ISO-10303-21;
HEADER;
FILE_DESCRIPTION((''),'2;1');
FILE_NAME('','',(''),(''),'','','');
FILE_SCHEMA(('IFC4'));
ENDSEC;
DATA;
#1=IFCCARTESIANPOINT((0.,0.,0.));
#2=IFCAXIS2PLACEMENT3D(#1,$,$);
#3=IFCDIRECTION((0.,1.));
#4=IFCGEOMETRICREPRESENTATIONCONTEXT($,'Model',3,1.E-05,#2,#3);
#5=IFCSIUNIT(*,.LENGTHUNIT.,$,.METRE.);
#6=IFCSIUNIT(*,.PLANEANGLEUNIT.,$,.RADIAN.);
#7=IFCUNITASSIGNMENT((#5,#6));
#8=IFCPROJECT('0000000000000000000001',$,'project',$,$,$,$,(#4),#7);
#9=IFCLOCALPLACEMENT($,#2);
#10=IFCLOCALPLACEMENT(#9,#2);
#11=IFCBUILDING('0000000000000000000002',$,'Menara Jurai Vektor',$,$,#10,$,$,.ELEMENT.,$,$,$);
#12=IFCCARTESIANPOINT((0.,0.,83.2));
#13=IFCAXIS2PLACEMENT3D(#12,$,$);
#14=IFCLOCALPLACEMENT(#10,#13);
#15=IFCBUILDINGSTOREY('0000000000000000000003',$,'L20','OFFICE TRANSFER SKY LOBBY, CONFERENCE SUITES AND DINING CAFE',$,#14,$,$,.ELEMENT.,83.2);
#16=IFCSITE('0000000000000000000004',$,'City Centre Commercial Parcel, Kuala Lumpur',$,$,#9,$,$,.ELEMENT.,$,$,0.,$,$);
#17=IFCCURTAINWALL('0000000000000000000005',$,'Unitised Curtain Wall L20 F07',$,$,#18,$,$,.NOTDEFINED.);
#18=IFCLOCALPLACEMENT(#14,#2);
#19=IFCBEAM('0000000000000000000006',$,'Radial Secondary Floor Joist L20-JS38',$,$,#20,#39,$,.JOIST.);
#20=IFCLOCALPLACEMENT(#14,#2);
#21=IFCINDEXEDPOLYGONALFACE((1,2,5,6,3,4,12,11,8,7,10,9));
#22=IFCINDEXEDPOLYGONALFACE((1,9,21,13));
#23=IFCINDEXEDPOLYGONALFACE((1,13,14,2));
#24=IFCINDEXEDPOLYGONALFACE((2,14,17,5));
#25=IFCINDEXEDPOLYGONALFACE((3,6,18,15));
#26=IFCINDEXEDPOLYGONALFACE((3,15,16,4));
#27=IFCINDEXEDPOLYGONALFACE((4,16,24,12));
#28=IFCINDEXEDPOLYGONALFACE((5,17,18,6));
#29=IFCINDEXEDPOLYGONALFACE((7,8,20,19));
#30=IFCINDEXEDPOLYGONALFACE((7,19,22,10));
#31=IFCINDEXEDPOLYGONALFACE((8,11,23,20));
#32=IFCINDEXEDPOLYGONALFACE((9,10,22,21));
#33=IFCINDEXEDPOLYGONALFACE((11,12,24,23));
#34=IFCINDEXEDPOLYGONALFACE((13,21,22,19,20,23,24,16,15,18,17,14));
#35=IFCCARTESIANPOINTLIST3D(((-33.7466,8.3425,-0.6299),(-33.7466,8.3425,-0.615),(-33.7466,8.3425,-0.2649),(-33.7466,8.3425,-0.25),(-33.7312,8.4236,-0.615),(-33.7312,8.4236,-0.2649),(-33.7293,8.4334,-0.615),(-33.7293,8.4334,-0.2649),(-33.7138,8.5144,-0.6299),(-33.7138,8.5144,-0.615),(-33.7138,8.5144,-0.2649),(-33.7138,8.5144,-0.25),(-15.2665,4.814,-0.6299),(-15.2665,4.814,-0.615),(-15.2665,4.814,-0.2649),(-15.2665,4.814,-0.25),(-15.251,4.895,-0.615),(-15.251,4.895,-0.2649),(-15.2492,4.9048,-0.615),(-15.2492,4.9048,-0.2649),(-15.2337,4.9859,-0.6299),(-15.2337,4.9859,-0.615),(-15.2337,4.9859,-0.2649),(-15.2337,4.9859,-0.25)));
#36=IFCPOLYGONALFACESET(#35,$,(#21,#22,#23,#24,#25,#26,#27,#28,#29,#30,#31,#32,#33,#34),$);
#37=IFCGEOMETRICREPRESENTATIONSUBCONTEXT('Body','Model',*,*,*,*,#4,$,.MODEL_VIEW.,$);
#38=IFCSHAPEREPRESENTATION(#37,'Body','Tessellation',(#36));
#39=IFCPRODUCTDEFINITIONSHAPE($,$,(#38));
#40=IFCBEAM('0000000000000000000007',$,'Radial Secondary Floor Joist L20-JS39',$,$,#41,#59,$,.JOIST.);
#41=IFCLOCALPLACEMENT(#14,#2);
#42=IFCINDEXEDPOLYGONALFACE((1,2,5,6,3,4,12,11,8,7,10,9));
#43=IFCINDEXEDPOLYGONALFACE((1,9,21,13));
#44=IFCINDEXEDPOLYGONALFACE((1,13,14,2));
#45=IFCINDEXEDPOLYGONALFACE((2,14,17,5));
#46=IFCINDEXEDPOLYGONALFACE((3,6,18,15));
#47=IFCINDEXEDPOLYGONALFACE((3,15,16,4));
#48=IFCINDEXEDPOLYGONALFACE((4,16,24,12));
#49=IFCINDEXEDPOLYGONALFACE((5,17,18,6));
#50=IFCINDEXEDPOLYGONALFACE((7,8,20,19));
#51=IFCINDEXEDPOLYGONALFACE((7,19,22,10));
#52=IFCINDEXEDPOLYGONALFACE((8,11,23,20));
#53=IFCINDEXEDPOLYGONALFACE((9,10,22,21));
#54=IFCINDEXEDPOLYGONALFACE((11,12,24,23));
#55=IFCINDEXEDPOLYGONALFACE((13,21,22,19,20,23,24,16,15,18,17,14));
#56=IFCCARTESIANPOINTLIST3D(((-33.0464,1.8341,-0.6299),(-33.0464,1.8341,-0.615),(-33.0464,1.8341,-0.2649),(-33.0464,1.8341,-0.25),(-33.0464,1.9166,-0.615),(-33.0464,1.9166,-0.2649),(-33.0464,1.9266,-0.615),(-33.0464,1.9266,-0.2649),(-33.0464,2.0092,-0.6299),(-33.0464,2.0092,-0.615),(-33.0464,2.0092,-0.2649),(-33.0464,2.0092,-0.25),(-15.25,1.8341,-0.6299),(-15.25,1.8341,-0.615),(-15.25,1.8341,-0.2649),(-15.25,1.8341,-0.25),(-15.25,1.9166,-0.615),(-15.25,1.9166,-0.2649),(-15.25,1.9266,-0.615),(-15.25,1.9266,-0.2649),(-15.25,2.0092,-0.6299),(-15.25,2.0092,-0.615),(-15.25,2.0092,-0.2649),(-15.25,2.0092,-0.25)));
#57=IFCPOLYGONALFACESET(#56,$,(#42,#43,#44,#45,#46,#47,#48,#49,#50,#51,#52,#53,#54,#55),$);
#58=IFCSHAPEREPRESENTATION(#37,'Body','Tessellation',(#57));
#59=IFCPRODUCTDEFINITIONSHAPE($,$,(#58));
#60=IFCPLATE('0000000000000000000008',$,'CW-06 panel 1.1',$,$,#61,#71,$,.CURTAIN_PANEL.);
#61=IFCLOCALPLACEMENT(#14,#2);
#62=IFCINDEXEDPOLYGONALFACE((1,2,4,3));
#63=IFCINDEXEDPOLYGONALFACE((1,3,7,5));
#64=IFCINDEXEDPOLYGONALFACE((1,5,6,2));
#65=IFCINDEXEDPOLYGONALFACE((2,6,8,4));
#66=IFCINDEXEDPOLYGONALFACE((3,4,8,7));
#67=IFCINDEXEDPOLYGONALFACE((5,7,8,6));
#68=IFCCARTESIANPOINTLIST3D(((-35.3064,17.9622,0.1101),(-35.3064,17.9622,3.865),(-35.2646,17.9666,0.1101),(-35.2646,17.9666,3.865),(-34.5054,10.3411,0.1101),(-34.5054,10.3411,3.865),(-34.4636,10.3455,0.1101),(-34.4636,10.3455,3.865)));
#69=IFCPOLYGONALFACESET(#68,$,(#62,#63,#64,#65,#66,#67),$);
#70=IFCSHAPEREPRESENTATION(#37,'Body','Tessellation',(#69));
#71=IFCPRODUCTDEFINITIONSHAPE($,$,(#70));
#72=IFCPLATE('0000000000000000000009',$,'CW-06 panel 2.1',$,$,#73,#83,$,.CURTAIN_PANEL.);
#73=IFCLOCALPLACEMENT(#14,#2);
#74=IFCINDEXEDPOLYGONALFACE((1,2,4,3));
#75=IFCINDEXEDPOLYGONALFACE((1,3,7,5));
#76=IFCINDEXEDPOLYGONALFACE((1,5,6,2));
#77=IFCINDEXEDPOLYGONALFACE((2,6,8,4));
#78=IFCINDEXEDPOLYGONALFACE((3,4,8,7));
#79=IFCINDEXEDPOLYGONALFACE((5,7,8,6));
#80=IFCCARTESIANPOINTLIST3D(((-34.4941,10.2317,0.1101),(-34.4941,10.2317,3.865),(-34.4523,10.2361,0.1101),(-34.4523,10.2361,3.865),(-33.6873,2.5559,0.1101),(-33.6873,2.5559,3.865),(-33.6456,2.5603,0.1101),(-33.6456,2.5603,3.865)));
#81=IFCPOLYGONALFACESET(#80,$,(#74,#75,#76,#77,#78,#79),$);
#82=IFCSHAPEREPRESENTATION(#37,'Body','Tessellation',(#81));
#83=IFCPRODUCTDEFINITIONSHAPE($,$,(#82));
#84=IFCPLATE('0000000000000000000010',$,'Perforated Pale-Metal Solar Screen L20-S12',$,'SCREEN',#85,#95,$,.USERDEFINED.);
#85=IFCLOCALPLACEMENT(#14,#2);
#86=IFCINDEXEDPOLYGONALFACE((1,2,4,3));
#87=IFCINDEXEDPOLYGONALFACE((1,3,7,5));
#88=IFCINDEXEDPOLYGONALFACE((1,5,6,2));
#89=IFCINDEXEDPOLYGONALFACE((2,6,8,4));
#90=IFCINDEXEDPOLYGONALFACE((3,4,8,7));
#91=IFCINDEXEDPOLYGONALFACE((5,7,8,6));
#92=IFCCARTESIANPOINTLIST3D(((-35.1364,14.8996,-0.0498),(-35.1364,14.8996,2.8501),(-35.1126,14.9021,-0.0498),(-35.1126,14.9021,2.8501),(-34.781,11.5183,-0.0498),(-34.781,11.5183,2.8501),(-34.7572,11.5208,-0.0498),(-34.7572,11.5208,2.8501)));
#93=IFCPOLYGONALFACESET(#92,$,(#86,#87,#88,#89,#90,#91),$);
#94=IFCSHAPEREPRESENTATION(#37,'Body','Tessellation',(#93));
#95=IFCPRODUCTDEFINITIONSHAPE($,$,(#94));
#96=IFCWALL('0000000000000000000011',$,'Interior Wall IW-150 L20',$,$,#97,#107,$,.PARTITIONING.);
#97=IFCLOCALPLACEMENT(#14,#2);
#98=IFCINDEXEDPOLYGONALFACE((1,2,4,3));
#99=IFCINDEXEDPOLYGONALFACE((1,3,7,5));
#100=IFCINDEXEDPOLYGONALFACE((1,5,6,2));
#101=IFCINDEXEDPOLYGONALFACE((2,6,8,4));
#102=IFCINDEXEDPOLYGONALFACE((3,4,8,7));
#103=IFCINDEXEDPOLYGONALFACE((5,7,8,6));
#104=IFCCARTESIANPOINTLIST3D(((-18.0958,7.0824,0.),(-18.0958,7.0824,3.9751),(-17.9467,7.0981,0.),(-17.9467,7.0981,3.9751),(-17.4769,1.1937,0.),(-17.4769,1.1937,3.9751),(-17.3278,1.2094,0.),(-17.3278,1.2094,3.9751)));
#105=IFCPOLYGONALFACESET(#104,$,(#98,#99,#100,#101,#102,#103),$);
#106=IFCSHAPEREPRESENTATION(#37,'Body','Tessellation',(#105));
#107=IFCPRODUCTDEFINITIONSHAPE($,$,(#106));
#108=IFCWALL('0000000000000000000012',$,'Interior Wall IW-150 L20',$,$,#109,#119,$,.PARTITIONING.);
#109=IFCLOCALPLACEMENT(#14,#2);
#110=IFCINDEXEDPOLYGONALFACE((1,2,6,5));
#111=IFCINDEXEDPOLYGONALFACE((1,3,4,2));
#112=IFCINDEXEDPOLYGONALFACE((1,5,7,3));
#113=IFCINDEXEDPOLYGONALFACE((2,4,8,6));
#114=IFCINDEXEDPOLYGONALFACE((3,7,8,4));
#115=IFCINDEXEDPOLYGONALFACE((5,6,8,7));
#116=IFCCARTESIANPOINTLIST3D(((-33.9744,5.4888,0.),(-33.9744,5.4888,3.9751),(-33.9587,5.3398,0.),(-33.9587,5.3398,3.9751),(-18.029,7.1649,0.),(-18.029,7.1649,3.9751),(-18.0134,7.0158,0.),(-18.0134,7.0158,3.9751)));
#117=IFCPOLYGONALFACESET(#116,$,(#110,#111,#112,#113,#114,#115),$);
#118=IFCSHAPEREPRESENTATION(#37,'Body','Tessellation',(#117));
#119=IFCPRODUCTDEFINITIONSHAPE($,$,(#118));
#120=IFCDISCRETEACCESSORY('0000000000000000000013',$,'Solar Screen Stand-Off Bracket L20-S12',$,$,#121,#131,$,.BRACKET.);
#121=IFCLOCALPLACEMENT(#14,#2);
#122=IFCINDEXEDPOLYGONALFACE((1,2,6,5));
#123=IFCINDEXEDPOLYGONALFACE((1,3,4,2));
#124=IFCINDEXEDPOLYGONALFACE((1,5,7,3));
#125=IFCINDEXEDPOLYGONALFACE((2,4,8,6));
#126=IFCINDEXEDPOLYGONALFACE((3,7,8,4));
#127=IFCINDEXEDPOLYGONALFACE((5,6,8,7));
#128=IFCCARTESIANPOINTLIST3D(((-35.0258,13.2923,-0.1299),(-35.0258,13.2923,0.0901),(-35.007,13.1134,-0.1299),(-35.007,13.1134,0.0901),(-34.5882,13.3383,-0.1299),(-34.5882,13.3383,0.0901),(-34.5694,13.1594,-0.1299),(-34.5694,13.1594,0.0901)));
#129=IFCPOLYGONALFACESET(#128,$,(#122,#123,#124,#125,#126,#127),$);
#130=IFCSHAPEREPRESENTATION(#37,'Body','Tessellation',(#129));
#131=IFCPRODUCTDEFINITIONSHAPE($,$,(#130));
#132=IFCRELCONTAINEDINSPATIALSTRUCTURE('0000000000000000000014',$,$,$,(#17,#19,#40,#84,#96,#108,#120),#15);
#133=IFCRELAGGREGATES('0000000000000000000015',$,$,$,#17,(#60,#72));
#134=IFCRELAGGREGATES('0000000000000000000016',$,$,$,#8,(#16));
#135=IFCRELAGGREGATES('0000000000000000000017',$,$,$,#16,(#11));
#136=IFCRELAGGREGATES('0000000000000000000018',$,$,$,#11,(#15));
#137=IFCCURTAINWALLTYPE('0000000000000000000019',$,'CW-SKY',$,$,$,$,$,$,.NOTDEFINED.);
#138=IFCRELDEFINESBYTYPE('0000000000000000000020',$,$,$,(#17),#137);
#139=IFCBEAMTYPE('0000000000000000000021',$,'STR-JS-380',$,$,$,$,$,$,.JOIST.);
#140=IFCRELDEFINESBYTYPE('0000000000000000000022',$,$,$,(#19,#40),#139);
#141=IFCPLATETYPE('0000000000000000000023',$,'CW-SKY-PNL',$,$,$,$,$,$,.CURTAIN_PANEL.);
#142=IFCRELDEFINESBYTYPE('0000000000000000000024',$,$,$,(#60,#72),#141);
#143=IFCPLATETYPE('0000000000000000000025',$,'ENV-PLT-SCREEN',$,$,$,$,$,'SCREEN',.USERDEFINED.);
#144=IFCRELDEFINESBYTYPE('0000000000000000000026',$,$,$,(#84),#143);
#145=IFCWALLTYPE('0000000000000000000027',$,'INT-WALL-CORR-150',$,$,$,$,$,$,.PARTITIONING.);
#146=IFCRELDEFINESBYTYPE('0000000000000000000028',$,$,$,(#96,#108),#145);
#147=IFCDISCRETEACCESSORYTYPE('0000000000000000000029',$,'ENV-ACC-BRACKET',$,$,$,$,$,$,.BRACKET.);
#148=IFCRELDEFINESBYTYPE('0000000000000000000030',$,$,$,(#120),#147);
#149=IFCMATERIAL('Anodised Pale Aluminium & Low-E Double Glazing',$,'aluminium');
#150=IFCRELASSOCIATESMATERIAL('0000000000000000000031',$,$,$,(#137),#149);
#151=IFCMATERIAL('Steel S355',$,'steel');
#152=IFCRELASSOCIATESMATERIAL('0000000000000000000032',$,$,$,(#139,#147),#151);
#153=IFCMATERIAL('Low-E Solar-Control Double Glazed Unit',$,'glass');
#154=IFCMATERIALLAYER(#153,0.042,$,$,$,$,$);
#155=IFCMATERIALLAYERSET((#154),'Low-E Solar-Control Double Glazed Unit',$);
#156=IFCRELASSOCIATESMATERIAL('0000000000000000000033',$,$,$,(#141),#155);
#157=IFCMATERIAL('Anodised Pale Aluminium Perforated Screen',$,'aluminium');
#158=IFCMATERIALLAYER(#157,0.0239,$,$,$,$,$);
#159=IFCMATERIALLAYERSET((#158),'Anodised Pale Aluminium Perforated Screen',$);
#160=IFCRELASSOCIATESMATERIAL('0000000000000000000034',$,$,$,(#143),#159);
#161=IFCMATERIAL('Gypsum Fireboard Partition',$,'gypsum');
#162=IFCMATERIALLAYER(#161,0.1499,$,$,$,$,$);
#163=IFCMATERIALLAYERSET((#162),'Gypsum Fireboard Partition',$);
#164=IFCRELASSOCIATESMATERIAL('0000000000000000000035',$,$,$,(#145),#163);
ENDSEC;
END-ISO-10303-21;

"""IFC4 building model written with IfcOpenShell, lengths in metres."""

from ifc_helpers import new_model, si_unit, direction, frame, frame_2d, origin, origin_2d, place, context, subcontext, project, spatial, rectangle, i_section, extrude, material, layer, layer_set, material_profile, profile_set, type_object, element, aggregate, save


model = new_model("IFC4")

# Units and contexts
model_context = context("Model", 3, precision=1e-05, world=origin(), true_north=direction((0.0, 1.0)))
body_context = subcontext(model_context, "Body", "Model", "MODEL_VIEW")
ifc_project = project(units=[si_unit("LENGTHUNIT", "METRE"), si_unit("PLANEANGLEUNIT", "RADIAN")], contexts=[model_context])

# Site, building, storey
site_placement = place(None, origin())
site = spatial("IfcSite", under=ifc_project, at=site_placement, Name="City Centre Commercial Parcel, Kuala Lumpur", CompositionType="ELEMENT", RefElevation=0.0)
building_placement = place(site_placement, origin())
building = spatial("IfcBuilding", under=site, at=building_placement, Name="Menara Jurai Vektor", CompositionType="ELEMENT")
storey_placement = place(building_placement, frame((0.0, 0.0, 83.2)))
storey = spatial("IfcBuildingStorey", under=building, at=storey_placement, Name="L20", Description="OFFICE TRANSFER SKY LOBBY, CONFERENCE SUITES AND DINING CAFE", CompositionType="ELEMENT", Elevation=83.2)

# Curtain wall
ifc_material_1 = material(Name="Anodised Pale Aluminium & Low-E Double Glazing", Category="aluminium")
curtain_wall_type = type_object("IfcCurtainWallType", Name="CW-SKY", PredefinedType="NOTDEFINED", material=ifc_material_1)
curtain_wall_placement = place(storey_placement, origin())
curtain_wall = element("IfcCurtainWall", 1, at=curtain_wall_placement, inside=storey, type_object=curtain_wall_type, Name="Unitised Curtain Wall L20 F07", PredefinedType="NOTDEFINED")

# Beams
ifc_material_2 = material(Name="Steel S355", Category="steel")
ifc_material_profile_1 = material_profile(ifc_material_2, i_section(OverallWidth=0.175, OverallDepth=0.3799, WebThickness=0.01, FlangeThickness=0.0149, at=origin_2d()), Name="PG 380x175x58")
ifc_profile_set_1 = profile_set([ifc_material_profile_1], Name="Steel S355")
beam_type_1 = type_object("IfcBeamType", Name="STR-JS-380", PredefinedType="JOIST", material=ifc_profile_set_1)
beam_1_placement = place(storey_placement, frame((-33.7302, 8.4285, -0.4399), z_axis=(0.982255, -0.187549, 0.0), x_axis=(0.187549, 0.982255, 0.0)))
element("IfcBeam", 2, at=beam_1_placement, inside=storey, type_object=beam_type_1, Name="Radial Secondary Floor Joist L20-JS38", PredefinedType="JOIST", context=body_context, shape_type="SweptSolid", body=[
    extrude(i_section(OverallWidth=0.175, OverallDepth=0.3799, WebThickness=0.01, FlangeThickness=0.0149, at=origin_2d()), origin(), (0.0, 0.0, 1.0), 18.814),
])
beam_2_placement = place(storey_placement, frame((-33.0464, 1.9216, -0.4399), z_axis=(1.0, 0.0, 0.0), x_axis=(0.0, 1.0, 0.0)))
element("IfcBeam", 3, at=beam_2_placement, inside=storey, type_object=beam_type_1, Name="Radial Secondary Floor Joist L20-JS39", PredefinedType="JOIST", context=body_context, shape_type="SweptSolid", body=[
    extrude(i_section(OverallWidth=0.175, OverallDepth=0.3799, WebThickness=0.01, FlangeThickness=0.0149, at=origin_2d()), origin(), (0.0, 0.0, 1.0), 17.7964),
])

# Plates
ifc_material_3 = material(Name="Low-E Solar-Control Double Glazed Unit", Category="glass")
ifc_layer_1 = layer(ifc_material_3, 0.042)
ifc_layer_set_1 = layer_set([ifc_layer_1], Name="Low-E Solar-Control Double Glazed Unit")
plate_type_1 = type_object("IfcPlateType", Name="CW-SKY-PNL", PredefinedType="CURTAIN_PANEL", material=ifc_layer_set_1)
plate_1_placement = place(storey_placement, frame((-34.885, 14.1538, 0.1101), z_axis=(0.0, 0.0, 1.0), x_axis=(0.10453, -0.994522, 0.0)))
plate_1 = element("IfcPlate", 4, at=plate_1_placement, type_object=plate_type_1, Name="CW-06 panel 1.1", PredefinedType="CURTAIN_PANEL", context=body_context, shape_type="SweptSolid", body=[
    extrude(rectangle(XDim=7.6631, YDim=0.042, at=origin_2d()), origin(), (0.0, 0.0, 1.0), 3.7549),
])
plate_2_placement = place(storey_placement, frame((-34.0698, 6.396, 0.1101), z_axis=(0.0, 0.0, 1.0), x_axis=(0.10453, -0.994522, 0.0)))
plate_2 = element("IfcPlate", 5, at=plate_2_placement, type_object=plate_type_1, Name="CW-06 panel 2.1", PredefinedType="CURTAIN_PANEL", context=body_context, shape_type="SweptSolid", body=[
    extrude(rectangle(XDim=7.718, YDim=0.042, at=origin_2d()), origin(), (0.0, 0.0, 1.0), 3.7549),
])
aggregate(curtain_wall, [plate_1, plate_2])
ifc_material_4 = material(Name="Anodised Pale Aluminium Perforated Screen", Category="aluminium")
ifc_layer_2 = layer(ifc_material_4, 0.0239)
ifc_layer_set_2 = layer_set([ifc_layer_2], Name="Anodised Pale Aluminium Perforated Screen")
plate_type_2 = type_object("IfcPlateType", Name="ENV-PLT-SCREEN", ElementType="SCREEN", PredefinedType="USERDEFINED", material=ifc_layer_set_2)
plate_3_placement = place(storey_placement, frame((-34.9468, 13.2102, -0.0498), z_axis=(0.0, 0.0, 1.0), x_axis=(0.104528, -0.994522, 0.0)))
element("IfcPlate", 6, at=plate_3_placement, inside=storey, type_object=plate_type_2, Name="Perforated Pale-Metal Solar Screen L20-S12", ObjectType="SCREEN", PredefinedType="USERDEFINED", context=body_context, shape_type="SweptSolid", body=[
    extrude(rectangle(XDim=3.3999, YDim=0.0239, at=origin_2d()), origin(), (0.0, 0.0, 1.0), 2.8999),
])

# Shared definitions
ifc_material_5 = material(Name="Gypsum Fireboard Partition", Category="gypsum")
ifc_layer_3 = layer(ifc_material_5, 0.1499)
ifc_layer_set_3 = layer_set([ifc_layer_3], Name="Gypsum Fireboard Partition")
wall_type = type_object("IfcWallType", Name="INT-WALL-CORR-150", PredefinedType="PARTITIONING", material=ifc_layer_set_3)

# Walls
wall_1_placement = place(storey_placement, frame((-17.4023, 1.2017, 0.0), z_axis=(0.0, 0.0, 1.0), x_axis=(-0.104524, 0.994522, 0.0)))
element("IfcWall", 7, at=wall_1_placement, inside=storey, type_object=wall_type, Name="Interior Wall IW-150 L20", PredefinedType="PARTITIONING", context=body_context, shape_type="SweptSolid", body=[
    extrude(rectangle(XDim=5.9211, YDim=0.1499, at=frame_2d((2.9604, 0.0))), origin(), (0.0, 0.0, 1.0), 3.9751),
])
wall_2_placement = place(storey_placement, frame((-33.9666, 5.4143, 0.0), z_axis=(0.0, 0.0, 1.0), x_axis=(0.994521, 0.104535, 0.0)))
element("IfcWall", 8, at=wall_2_placement, inside=storey, type_object=wall_type, Name="Interior Wall IW-150 L20", PredefinedType="PARTITIONING", context=body_context, shape_type="SweptSolid", body=[
    extrude(rectangle(XDim=16.0332, YDim=0.1499, at=frame_2d((8.0166, 0.0))), origin(), (0.0, 0.0, 1.0), 3.9751),
])

# Discrete accessory
discrete_accessory_type = type_object("IfcDiscreteAccessoryType", Name="ENV-ACC-BRACKET", PredefinedType="BRACKET", material=ifc_material_2)
discrete_accessory_placement = place(storey_placement, frame((-34.7976, 13.2258, -0.1299), z_axis=(0.0, 0.0, 1.0), x_axis=(0.104528, -0.994522, 0.0)))
element("IfcDiscreteAccessory", 9, at=discrete_accessory_placement, inside=storey, type_object=discrete_accessory_type, Name="Solar Screen Stand-Off Bracket L20-S12", PredefinedType="BRACKET", context=body_context, shape_type="SweptSolid", body=[
    extrude(rectangle(XDim=0.1799, YDim=0.4399, at=origin_2d()), origin(), (0.0, 0.0, 1.0), 0.22),
])

save(model, "model.ifc")
